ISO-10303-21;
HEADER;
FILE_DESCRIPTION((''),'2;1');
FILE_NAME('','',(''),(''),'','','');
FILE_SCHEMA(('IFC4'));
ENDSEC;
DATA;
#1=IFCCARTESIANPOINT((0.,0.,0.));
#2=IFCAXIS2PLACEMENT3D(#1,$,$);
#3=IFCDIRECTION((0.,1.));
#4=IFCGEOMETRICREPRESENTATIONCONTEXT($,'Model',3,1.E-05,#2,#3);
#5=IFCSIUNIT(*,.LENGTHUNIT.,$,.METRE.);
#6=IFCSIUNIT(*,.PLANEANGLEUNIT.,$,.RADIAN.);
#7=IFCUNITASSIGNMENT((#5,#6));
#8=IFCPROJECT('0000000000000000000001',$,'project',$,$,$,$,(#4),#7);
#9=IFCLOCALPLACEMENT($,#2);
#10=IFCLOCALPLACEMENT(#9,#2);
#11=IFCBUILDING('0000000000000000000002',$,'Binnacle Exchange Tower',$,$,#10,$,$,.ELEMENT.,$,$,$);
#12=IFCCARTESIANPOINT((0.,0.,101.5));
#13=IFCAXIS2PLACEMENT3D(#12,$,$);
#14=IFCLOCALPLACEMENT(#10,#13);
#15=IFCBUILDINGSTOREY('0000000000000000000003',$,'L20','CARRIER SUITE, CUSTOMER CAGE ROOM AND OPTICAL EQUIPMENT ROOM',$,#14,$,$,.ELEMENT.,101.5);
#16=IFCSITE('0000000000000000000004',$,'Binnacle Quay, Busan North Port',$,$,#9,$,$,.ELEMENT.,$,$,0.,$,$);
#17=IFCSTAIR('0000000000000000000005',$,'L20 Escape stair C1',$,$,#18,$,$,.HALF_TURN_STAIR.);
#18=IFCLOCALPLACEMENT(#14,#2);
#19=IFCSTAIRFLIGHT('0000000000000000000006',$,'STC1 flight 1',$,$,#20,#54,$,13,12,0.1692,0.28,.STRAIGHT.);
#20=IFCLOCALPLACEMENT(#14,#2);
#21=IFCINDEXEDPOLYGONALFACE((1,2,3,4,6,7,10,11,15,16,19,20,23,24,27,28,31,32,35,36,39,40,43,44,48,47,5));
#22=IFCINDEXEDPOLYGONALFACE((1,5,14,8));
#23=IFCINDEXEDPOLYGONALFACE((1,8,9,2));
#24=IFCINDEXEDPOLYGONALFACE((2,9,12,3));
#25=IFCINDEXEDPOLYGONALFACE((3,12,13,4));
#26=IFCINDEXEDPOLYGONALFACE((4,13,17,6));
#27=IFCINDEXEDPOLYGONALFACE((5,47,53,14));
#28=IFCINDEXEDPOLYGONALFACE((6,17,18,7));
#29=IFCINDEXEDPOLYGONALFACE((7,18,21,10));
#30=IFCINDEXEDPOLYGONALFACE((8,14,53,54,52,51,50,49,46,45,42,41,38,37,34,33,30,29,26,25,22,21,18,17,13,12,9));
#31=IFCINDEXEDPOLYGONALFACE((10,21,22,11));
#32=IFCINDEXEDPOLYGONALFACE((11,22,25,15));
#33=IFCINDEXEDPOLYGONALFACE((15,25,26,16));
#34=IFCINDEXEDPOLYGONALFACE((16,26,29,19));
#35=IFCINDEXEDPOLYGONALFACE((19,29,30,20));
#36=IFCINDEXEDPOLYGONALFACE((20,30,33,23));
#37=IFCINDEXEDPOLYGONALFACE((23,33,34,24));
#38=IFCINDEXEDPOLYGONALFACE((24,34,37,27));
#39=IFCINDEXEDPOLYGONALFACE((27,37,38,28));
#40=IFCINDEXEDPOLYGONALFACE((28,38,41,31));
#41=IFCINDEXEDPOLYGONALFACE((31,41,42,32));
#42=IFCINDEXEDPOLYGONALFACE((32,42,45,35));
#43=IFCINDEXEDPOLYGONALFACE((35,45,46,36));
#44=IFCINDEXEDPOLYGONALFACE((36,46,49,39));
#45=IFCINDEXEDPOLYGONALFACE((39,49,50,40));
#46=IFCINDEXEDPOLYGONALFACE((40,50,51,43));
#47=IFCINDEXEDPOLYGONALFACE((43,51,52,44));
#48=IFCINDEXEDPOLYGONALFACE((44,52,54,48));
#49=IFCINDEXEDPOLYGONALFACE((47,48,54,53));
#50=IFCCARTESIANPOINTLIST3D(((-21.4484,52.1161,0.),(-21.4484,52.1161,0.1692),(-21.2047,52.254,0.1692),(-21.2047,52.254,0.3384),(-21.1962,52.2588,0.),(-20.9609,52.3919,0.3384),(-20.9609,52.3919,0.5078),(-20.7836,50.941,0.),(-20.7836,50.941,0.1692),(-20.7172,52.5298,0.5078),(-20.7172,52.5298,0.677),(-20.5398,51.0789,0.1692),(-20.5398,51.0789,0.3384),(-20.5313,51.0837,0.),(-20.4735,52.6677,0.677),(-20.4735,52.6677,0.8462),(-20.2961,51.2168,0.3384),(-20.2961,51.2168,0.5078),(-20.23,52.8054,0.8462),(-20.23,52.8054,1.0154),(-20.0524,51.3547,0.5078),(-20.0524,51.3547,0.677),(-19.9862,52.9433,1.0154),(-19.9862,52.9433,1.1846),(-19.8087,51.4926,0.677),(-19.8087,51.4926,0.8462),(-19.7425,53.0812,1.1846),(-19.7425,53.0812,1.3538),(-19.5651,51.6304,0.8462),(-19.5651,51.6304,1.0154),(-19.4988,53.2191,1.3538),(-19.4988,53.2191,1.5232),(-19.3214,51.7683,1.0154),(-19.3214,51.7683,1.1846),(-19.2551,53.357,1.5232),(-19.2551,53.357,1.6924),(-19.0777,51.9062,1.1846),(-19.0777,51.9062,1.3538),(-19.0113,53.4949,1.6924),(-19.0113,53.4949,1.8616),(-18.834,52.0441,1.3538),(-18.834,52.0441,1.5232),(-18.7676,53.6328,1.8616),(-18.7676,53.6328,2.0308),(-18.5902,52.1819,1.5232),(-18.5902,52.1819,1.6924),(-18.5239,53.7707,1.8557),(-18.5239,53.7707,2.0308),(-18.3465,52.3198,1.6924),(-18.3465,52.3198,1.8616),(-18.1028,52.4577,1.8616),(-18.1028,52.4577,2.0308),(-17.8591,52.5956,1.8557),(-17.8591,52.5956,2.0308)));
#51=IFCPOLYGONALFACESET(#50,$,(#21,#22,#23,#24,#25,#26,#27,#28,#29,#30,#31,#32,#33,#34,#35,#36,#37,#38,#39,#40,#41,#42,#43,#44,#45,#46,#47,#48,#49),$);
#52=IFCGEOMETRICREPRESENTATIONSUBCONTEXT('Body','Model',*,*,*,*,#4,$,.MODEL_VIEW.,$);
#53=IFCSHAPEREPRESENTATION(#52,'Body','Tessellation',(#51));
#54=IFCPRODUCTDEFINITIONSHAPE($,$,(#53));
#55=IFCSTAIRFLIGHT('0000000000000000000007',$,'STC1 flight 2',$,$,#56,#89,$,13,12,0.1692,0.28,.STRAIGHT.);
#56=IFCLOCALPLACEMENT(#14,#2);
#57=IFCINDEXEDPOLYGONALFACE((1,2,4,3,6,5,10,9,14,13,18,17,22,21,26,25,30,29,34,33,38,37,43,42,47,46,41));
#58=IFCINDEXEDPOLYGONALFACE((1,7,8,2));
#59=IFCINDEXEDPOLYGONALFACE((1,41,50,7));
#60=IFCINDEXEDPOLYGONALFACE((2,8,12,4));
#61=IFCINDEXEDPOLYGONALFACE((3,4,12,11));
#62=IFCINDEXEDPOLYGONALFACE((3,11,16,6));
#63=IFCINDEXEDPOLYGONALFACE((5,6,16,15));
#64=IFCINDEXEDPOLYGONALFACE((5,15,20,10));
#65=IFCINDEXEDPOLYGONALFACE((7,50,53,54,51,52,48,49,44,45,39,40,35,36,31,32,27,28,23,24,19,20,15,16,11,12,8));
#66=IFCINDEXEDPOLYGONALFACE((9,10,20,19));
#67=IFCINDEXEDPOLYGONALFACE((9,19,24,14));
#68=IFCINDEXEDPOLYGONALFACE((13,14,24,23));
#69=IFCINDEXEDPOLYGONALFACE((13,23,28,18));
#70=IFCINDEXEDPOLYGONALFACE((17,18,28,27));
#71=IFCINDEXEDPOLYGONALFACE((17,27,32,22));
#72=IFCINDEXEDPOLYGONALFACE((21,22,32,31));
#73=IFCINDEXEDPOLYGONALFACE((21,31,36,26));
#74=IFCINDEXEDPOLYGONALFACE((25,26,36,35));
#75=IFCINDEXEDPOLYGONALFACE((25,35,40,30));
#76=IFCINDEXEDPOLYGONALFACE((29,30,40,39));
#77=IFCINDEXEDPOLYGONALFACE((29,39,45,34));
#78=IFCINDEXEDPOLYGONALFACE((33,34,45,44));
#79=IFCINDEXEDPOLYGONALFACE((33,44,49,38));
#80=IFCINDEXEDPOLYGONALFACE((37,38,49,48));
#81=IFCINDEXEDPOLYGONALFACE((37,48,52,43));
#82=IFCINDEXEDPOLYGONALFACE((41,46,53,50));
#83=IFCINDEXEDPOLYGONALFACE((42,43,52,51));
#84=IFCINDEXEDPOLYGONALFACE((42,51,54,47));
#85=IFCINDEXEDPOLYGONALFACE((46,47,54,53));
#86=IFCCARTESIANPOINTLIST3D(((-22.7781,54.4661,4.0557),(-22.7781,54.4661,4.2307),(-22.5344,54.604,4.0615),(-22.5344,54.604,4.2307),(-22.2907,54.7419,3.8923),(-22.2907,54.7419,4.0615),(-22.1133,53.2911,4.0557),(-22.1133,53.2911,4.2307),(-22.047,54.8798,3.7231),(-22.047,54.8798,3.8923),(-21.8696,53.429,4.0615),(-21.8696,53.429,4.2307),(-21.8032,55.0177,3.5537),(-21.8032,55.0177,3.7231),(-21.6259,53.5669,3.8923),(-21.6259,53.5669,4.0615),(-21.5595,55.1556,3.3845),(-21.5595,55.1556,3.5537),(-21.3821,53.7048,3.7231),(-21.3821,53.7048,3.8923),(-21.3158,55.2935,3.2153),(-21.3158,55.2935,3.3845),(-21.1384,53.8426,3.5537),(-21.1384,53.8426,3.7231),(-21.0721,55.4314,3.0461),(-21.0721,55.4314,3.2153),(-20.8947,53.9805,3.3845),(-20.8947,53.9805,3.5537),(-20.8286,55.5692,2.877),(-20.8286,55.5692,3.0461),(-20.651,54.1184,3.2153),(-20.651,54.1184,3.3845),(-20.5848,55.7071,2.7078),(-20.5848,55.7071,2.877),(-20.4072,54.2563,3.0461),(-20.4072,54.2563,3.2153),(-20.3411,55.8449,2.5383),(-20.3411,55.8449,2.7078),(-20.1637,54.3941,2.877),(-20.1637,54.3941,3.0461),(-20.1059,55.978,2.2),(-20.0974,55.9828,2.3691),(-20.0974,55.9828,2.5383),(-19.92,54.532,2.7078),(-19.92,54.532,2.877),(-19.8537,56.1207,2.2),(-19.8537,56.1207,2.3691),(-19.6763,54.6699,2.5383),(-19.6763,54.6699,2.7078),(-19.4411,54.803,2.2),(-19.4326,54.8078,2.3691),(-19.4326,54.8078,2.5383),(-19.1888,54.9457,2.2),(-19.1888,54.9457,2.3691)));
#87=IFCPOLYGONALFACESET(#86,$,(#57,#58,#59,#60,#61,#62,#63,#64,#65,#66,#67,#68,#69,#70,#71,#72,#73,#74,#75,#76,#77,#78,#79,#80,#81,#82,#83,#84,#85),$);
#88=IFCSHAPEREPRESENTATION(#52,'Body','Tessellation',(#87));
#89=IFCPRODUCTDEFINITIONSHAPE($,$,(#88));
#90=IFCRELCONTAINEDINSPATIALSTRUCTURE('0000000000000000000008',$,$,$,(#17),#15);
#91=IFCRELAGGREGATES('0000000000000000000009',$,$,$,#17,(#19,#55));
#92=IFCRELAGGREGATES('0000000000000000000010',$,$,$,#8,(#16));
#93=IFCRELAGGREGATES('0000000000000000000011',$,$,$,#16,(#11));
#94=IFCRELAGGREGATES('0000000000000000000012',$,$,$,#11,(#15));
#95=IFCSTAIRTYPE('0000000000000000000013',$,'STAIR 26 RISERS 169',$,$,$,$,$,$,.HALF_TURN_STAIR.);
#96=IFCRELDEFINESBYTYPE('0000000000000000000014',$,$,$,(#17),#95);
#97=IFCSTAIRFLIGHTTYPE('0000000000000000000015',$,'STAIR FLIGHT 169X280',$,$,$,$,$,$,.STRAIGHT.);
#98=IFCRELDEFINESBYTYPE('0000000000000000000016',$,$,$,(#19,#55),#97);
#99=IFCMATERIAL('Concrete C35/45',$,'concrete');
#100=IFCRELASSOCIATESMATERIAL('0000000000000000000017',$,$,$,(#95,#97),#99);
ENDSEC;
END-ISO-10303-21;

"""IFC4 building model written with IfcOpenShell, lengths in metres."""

from ifc_helpers import new_model, si_unit, direction, frame, origin, place, context, subcontext, project, spatial, polyline, outline, extrude, material, type_object, element, aggregate, save


model = new_model("IFC4")

# Units and contexts
model_context = context("Model", 3, precision=1e-05, world=origin(), true_north=direction((0.0, 1.0)))
body_context = subcontext(model_context, "Body", "Model", "MODEL_VIEW")
ifc_project = project(units=[si_unit("LENGTHUNIT", "METRE"), si_unit("PLANEANGLEUNIT", "RADIAN")], contexts=[model_context])

# Site, building, storey
site_placement = place(None, origin())
site = spatial("IfcSite", under=ifc_project, at=site_placement, Name="Binnacle Quay, Busan North Port", CompositionType="ELEMENT", RefElevation=0.0)
building_placement = place(site_placement, origin())
building = spatial("IfcBuilding", under=site, at=building_placement, Name="Binnacle Exchange Tower", CompositionType="ELEMENT")
storey_placement = place(building_placement, frame((0.0, 0.0, 101.5)))
storey = spatial("IfcBuildingStorey", under=building, at=storey_placement, Name="L20", Description="CARRIER SUITE, CUSTOMER CAGE ROOM AND OPTICAL EQUIPMENT ROOM", CompositionType="ELEMENT", Elevation=101.5)

# Stair, stair flights
ifc_material_1 = material(Name="Concrete C35/45", Category="concrete")
stair_type = type_object("IfcStairType", Name="STAIR 26 RISERS 169", PredefinedType="HALF_TURN_STAIR", material=ifc_material_1)
stair_placement = place(storey_placement, origin())
stair = element("IfcStair", 1, at=stair_placement, inside=storey, type_object=stair_type, Name="L20 Escape stair C1", PredefinedType="HALF_TURN_STAIR")
stair_flight_type = type_object("IfcStairFlightType", Name="STAIR FLIGHT 169X280", PredefinedType="STRAIGHT", material=ifc_material_1)
stair_flight_1_placement = place(storey_placement, frame((-21.116, 51.5286, 0.0), z_axis=(0.0, 0.0, 1.0), x_axis=(0.870356, 0.492424, 0.0)))
stair_flight_1 = element("IfcStairFlight", 2, at=stair_flight_1_placement, type_object=stair_flight_type, Name="STC1 flight 1", NumberOfRisers=13, NumberOfTreads=12, PredefinedType="STRAIGHT", RiserHeight=0.1692, TreadLength=0.28, context=body_context, shape_type="SweptSolid", body=[
    extrude(outline(polyline([(0.0, 0.0), (0.0, 0.1692), (0.28, 0.1692), (0.28, 0.3384), (0.5601, 0.3384), (0.5601, 0.5078), (0.8401, 0.5078), (0.8401, 0.677), (1.1201, 0.677), (1.1201, 0.8462), (1.3999, 0.8462), (1.3999, 1.0154), (1.6799, 1.0154), (1.6799, 1.1846), (1.96, 1.1846), (1.96, 1.3538), (2.24, 1.3538), (2.24, 1.5232), (2.52, 1.5232), (2.52, 1.6924), (2.8, 1.6924), (2.8, 1.8616), (3.0801, 1.8616), (3.0801, 2.0308), (3.3601, 2.0308), (3.3601, 2.2), (3.3601, 1.8557), (0.2898, 0.0), (0.0, 0.0)])), frame((0.0, 0.675, 0.0), z_axis=(0.0, -1.0, 0.0), x_axis=(1.0, 0.0, 0.0)), (0.0, 0.0, 1.0), 1.3501),
])
stair_flight_2_placement = place(storey_placement, frame((-19.5212, 55.5332, 2.2), z_axis=(0.0, 0.0, 1.0), x_axis=(-0.870356, -0.492424, 0.0)))
stair_flight_2 = element("IfcStairFlight", 3, at=stair_flight_2_placement, type_object=stair_flight_type, Name="STC1 flight 2", NumberOfRisers=13, NumberOfTreads=12, PredefinedType="STRAIGHT", RiserHeight=0.1692, TreadLength=0.28, context=body_context, shape_type="SweptSolid", body=[
    extrude(outline(polyline([(0.0, 0.0), (0.0, 0.1692), (0.28, 0.1692), (0.28, 0.3384), (0.5601, 0.3384), (0.5601, 0.5078), (0.8401, 0.5078), (0.8401, 0.677), (1.1201, 0.677), (1.1201, 0.8462), (1.3999, 0.8462), (1.3999, 1.0154), (1.6799, 1.0154), (1.6799, 1.1846), (1.96, 1.1846), (1.96, 1.3538), (2.24, 1.3538), (2.24, 1.5232), (2.52, 1.5232), (2.52, 1.6924), (2.8, 1.6924), (2.8, 1.8616), (3.0801, 1.8616), (3.0801, 2.0308), (3.3601, 2.0308), (3.3601, 2.2), (3.3601, 1.8557), (0.2898, 0.0), (0.0, 0.0)])), frame((0.0, 0.675, 0.0), z_axis=(0.0, -1.0, 0.0), x_axis=(1.0, 0.0, 0.0)), (0.0, 0.0, 1.0), 1.3501),
])
aggregate(stair, [stair_flight_1, stair_flight_2])

save(model, "model.ifc")
